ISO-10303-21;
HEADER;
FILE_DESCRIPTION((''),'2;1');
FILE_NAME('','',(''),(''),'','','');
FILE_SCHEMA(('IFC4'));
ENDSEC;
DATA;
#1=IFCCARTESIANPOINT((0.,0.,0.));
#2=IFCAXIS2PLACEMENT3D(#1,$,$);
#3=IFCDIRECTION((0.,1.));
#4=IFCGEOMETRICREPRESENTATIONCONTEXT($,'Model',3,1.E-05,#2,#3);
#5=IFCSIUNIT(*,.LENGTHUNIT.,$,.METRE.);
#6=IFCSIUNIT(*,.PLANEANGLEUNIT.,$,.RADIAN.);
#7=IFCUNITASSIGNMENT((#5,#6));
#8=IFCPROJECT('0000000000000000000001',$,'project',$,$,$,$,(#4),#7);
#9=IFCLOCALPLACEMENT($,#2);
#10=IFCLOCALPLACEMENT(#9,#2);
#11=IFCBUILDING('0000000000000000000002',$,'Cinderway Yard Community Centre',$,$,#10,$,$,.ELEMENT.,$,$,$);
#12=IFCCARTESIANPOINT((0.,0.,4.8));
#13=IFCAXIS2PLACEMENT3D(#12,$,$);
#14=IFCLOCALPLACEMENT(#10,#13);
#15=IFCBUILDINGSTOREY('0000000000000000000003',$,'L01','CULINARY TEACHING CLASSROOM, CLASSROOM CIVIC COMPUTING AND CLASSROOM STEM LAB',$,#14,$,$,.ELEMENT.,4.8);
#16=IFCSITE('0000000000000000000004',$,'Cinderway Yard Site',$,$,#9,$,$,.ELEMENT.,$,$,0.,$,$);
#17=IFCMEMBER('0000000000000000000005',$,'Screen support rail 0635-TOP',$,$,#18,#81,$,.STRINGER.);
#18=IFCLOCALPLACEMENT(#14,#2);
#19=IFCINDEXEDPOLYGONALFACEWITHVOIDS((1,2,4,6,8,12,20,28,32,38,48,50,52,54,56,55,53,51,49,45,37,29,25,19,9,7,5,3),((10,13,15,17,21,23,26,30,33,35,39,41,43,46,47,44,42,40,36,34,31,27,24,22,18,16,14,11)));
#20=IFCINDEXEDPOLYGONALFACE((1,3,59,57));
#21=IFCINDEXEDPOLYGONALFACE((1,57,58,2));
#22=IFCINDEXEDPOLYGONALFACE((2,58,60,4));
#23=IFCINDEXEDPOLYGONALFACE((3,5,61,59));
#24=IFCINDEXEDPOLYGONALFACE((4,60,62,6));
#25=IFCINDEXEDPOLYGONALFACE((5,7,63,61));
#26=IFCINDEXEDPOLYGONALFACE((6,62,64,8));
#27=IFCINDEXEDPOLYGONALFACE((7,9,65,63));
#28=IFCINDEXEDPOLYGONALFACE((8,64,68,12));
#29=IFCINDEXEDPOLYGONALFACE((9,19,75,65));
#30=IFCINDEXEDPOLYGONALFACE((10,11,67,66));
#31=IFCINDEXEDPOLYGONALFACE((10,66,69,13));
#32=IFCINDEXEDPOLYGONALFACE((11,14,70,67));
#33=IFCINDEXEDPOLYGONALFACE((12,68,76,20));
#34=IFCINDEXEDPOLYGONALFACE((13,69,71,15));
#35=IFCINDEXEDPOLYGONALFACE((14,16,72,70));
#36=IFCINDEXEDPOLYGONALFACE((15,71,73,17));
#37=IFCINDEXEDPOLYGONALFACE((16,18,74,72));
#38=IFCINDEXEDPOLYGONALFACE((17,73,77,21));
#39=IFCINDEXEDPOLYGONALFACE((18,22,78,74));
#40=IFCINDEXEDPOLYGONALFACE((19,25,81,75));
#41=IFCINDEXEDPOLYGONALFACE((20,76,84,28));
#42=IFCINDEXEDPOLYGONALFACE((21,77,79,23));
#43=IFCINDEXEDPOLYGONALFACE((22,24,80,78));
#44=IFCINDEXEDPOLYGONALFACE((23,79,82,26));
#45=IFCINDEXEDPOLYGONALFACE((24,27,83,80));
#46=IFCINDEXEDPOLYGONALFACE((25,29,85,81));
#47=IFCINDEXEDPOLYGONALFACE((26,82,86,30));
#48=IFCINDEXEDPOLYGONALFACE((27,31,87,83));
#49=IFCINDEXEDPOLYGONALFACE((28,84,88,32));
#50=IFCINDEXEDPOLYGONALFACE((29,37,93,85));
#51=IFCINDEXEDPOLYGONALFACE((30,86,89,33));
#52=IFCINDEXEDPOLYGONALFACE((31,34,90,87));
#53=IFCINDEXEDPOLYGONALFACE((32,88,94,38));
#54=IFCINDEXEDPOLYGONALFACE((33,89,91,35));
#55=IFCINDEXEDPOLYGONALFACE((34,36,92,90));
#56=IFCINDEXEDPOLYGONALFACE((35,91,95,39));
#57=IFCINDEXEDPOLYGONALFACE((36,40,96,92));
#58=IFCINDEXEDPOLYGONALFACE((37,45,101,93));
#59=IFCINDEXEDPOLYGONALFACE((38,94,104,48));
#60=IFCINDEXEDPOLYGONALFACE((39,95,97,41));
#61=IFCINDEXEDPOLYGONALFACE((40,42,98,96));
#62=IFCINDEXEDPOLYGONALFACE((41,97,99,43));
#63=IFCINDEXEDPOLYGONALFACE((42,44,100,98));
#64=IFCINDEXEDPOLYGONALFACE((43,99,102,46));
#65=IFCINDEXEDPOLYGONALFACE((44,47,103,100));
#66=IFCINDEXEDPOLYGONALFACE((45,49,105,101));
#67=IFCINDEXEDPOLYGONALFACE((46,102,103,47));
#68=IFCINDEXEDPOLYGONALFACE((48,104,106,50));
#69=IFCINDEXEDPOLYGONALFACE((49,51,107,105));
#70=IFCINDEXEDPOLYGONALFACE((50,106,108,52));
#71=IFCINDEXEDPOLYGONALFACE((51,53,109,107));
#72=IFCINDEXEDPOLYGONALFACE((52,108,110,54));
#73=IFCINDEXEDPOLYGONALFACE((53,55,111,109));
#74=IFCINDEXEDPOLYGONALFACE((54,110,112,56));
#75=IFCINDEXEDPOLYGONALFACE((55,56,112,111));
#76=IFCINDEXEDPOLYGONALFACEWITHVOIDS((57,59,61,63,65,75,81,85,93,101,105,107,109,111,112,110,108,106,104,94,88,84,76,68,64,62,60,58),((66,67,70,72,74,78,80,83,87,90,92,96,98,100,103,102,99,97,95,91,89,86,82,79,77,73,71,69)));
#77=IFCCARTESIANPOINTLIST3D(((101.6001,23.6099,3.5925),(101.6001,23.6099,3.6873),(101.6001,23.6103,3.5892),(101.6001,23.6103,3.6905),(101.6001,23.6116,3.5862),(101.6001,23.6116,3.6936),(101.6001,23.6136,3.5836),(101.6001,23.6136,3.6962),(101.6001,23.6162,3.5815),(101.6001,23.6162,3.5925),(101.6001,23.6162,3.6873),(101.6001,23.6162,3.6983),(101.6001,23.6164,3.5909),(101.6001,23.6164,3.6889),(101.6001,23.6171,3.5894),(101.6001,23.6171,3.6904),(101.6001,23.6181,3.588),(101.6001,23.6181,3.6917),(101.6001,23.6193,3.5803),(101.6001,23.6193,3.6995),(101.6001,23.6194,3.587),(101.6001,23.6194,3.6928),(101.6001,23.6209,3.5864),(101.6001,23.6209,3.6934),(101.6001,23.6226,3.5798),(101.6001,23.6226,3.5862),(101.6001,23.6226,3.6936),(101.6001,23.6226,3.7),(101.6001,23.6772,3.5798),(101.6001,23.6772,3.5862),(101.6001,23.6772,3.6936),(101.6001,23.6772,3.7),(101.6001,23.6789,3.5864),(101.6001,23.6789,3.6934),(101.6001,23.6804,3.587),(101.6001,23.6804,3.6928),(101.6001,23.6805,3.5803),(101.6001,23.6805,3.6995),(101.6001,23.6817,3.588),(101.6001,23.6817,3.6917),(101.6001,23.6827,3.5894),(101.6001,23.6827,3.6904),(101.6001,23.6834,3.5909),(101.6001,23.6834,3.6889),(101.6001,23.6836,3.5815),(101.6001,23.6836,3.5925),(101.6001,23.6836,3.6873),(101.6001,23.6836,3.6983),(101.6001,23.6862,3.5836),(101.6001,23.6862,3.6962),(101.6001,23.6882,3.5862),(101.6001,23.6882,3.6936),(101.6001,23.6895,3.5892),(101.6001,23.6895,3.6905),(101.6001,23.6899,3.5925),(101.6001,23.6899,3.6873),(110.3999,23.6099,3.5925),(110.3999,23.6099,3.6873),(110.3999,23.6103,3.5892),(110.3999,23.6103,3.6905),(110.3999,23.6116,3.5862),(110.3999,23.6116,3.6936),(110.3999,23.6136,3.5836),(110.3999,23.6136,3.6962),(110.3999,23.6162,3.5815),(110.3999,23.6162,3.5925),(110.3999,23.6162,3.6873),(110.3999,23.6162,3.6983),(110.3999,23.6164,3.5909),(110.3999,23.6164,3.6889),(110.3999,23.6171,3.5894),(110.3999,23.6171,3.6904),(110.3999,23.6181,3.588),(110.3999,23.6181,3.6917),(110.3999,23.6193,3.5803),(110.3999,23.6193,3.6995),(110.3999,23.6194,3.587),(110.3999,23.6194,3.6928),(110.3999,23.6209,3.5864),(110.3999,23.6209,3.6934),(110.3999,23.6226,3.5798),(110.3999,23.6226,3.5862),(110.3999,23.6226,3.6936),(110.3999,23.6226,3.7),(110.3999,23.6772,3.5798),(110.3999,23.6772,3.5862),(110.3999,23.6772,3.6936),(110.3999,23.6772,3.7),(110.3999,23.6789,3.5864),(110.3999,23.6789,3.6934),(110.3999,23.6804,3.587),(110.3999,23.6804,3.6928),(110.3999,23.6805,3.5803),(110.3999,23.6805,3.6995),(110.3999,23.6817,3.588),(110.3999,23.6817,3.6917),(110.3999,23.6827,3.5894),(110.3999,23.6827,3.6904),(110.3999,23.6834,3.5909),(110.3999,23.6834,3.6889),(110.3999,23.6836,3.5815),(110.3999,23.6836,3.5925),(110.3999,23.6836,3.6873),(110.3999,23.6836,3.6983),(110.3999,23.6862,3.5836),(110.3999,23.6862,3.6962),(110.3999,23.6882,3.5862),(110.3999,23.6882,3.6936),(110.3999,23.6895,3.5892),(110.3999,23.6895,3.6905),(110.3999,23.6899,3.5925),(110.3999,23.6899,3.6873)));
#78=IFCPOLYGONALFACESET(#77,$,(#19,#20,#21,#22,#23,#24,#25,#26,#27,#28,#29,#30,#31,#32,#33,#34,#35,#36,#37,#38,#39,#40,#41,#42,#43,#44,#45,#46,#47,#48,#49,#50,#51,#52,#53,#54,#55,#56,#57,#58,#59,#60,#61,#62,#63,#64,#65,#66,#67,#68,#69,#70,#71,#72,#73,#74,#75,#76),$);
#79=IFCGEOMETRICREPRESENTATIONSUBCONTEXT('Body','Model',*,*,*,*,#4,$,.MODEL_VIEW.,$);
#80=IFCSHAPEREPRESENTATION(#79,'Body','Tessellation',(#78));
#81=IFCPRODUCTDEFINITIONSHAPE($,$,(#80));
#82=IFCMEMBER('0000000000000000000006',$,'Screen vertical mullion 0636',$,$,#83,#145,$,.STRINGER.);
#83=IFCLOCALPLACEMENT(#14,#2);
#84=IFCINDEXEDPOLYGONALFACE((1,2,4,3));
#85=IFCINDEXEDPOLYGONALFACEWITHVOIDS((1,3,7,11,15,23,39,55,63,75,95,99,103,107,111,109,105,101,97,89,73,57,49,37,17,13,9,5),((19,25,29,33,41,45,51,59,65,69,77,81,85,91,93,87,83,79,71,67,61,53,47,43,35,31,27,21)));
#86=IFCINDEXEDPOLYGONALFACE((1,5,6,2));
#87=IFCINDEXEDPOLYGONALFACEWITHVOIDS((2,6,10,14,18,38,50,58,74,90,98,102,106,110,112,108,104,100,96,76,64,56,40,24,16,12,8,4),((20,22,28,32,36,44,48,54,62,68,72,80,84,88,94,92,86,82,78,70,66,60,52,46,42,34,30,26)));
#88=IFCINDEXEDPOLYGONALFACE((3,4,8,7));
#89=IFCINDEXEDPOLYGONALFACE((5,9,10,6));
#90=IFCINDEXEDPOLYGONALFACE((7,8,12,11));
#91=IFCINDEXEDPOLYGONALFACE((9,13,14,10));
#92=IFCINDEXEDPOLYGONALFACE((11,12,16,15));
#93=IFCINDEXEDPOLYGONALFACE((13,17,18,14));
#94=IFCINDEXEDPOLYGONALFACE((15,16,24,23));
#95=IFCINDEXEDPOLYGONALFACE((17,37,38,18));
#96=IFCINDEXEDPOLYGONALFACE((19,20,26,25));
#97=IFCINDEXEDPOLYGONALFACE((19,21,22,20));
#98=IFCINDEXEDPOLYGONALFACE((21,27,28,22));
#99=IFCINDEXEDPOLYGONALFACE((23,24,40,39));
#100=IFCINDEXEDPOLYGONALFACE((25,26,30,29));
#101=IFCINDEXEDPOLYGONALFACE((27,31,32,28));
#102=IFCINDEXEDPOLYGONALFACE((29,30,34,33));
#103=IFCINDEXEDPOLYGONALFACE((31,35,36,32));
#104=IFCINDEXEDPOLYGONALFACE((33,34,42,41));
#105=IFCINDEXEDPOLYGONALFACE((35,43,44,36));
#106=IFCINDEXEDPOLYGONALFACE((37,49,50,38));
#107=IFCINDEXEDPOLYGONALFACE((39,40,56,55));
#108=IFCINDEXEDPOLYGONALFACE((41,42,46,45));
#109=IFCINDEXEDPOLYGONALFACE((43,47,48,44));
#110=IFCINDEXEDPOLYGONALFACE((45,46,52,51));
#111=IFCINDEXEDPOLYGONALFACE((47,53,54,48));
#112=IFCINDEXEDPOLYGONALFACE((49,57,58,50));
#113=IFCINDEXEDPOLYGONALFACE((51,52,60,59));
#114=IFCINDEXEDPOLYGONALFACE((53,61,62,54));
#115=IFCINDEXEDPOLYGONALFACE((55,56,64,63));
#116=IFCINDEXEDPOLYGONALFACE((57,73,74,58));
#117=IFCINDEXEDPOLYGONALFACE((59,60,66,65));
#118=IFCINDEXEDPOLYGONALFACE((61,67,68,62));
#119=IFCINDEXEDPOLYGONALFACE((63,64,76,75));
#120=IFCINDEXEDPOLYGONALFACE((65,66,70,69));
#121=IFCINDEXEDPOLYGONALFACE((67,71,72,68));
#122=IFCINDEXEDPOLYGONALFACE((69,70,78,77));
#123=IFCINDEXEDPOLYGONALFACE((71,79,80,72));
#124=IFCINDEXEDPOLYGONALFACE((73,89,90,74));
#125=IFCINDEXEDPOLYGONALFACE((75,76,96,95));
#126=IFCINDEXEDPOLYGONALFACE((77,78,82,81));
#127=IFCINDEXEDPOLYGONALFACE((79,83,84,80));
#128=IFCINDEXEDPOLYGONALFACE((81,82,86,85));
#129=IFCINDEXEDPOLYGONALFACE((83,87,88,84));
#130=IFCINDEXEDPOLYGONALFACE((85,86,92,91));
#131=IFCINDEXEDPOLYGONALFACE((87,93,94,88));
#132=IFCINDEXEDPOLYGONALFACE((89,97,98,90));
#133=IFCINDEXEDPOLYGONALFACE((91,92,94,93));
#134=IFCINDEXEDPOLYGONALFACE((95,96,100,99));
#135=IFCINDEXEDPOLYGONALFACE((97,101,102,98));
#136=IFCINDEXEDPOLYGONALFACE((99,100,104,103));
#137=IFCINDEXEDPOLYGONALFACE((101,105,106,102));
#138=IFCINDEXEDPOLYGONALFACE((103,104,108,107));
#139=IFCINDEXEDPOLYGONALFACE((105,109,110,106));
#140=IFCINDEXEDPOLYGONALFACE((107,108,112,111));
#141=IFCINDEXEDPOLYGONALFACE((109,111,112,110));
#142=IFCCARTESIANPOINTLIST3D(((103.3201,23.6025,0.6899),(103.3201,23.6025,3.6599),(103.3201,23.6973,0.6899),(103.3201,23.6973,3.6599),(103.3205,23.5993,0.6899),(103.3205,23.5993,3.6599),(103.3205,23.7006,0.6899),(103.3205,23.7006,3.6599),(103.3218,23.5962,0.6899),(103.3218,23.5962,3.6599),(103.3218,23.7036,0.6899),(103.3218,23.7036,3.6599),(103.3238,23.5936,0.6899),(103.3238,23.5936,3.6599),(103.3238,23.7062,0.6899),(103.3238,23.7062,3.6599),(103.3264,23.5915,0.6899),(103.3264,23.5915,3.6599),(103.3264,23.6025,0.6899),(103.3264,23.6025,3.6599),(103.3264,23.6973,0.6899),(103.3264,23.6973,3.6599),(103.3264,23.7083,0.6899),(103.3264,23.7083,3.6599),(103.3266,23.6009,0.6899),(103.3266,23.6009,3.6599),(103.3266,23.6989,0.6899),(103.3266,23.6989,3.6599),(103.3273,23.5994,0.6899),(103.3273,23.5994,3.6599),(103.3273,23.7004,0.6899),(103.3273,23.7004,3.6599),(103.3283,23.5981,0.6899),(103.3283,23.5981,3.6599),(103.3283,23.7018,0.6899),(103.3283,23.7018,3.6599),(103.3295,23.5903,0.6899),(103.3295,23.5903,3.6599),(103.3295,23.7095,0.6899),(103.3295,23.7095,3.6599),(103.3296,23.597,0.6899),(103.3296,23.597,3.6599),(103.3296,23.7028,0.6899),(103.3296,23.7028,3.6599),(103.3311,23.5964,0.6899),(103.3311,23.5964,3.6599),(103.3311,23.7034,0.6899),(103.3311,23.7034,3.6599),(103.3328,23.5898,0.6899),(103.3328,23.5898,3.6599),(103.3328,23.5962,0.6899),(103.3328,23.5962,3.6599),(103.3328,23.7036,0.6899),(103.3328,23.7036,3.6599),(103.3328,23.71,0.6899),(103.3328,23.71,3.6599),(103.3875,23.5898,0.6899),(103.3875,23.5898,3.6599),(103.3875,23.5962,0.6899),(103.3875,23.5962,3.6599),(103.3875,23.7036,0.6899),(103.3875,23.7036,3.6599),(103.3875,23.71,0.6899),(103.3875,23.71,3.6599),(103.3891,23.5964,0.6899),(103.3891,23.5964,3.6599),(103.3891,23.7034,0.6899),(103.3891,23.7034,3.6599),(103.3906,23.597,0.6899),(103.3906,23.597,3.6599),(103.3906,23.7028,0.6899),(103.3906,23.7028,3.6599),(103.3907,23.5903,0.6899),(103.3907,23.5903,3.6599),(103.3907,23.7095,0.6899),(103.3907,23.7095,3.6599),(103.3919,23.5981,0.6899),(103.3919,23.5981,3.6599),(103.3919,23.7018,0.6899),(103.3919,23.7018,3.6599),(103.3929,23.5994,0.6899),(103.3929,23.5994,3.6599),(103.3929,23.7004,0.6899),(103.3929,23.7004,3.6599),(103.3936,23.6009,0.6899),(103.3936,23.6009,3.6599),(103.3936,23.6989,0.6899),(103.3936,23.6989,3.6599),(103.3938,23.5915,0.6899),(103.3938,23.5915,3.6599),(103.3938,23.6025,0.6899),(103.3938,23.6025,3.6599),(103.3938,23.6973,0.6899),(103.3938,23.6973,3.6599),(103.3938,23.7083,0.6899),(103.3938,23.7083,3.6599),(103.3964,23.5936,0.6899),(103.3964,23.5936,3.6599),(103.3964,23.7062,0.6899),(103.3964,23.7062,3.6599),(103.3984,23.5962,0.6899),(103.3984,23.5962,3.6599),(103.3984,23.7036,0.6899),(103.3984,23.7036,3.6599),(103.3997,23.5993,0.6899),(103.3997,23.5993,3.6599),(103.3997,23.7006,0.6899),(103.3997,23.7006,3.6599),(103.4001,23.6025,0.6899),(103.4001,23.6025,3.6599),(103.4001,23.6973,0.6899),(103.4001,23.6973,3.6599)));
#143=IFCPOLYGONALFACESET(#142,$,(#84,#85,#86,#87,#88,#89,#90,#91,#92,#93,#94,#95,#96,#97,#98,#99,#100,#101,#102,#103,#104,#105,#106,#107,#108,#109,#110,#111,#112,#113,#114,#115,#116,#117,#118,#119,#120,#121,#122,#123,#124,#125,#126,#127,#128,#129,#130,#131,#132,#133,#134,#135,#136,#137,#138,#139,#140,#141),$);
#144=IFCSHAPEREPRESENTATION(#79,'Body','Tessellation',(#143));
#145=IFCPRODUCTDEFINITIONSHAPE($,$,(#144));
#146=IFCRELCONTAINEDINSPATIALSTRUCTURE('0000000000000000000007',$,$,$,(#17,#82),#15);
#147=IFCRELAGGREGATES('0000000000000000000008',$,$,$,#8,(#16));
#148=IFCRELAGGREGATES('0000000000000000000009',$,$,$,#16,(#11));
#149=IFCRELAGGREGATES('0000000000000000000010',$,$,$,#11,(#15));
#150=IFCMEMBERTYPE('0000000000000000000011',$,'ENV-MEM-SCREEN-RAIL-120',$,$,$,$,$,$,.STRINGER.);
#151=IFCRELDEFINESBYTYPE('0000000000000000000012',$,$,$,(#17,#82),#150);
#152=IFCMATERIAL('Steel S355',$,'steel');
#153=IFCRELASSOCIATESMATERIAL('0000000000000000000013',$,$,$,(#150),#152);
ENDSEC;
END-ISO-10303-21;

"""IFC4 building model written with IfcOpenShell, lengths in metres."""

from ifc_helpers import new_model, si_unit, direction, frame, origin, origin_2d, place, context, subcontext, project, spatial, hollow_rectangle, extrude, material, material_profile, profile_set, type_object, element, save


model = new_model("IFC4")

# Units and contexts
model_context = context("Model", 3, precision=1e-05, world=origin(), true_north=direction((0.0, 1.0)))
body_context = subcontext(model_context, "Body", "Model", "MODEL_VIEW")
ifc_project = project(units=[si_unit("LENGTHUNIT", "METRE"), si_unit("PLANEANGLEUNIT", "RADIAN")], contexts=[model_context])

# Site, building, storey
site_placement = place(None, origin())
site = spatial("IfcSite", under=ifc_project, at=site_placement, Name="Cinderway Yard Site", CompositionType="ELEMENT", RefElevation=0.0)
building_placement = place(site_placement, origin())
building = spatial("IfcBuilding", under=site, at=building_placement, Name="Cinderway Yard Community Centre", CompositionType="ELEMENT")
storey_placement = place(building_placement, frame((0.0, 0.0, 4.8)))
storey = spatial("IfcBuildingStorey", under=building, at=storey_placement, Name="L01", Description="CULINARY TEACHING CLASSROOM, CLASSROOM CIVIC COMPUTING AND CLASSROOM STEM LAB", CompositionType="ELEMENT", Elevation=4.8)

# Members
ifc_material_1 = material(Name="Steel S355", Category="steel")
ifc_material_profile_1 = material_profile(ifc_material_1, hollow_rectangle(XDim=0.0801, YDim=0.1201, WallThickness=0.0063, InnerFilletRadius=0.0063, OuterFilletRadius=0.0127, at=origin_2d()), Name="Steel S355")
ifc_profile_set_1 = profile_set([ifc_material_profile_1], Name="Steel S355")
member_type_1 = type_object("IfcMemberType", Name="ENV-MEM-SCREEN-RAIL-120", PredefinedType="STRINGER", material=ifc_profile_set_1)
for number, where, z_axis, x_axis, name in (
    (1, (101.6001, 23.6499, 3.6399), (1.0, 0.0, 0.0), (0.0, 1.0, 0.0), "Screen support rail 0635-TOP"),
):
    element("IfcMember", number, at=place(storey_placement, frame(where, z_axis=z_axis, x_axis=x_axis)), inside=storey, type_object=member_type_1, Name=name, PredefinedType="STRINGER", context=body_context, shape_type="SweptSolid", body=[
        extrude(hollow_rectangle(XDim=0.0801, YDim=0.1201, WallThickness=0.0063, InnerFilletRadius=0.0063, OuterFilletRadius=0.0127, at=origin_2d()), origin(), (0.0, 0.0, 1.0), 8.7998),
    ])
for number, where, z_axis, x_axis, name in (
    (2, (103.3601, 23.6499, 0.6899), (0.0, 0.0, 1.0), (1.0, 0.0, 0.0), "Screen vertical mullion 0636"),
):
    element("IfcMember", number, at=place(storey_placement, frame(where, z_axis=z_axis, x_axis=x_axis)), inside=storey, type_object=member_type_1, Name=name, PredefinedType="STRINGER", context=body_context, shape_type="SweptSolid", body=[
        extrude(hollow_rectangle(XDim=0.0801, YDim=0.1201, WallThickness=0.0063, InnerFilletRadius=0.0063, OuterFilletRadius=0.0127, at=origin_2d()), origin(), (0.0, 0.0, 1.0), 2.97),
    ])

save(model, "model.ifc")
